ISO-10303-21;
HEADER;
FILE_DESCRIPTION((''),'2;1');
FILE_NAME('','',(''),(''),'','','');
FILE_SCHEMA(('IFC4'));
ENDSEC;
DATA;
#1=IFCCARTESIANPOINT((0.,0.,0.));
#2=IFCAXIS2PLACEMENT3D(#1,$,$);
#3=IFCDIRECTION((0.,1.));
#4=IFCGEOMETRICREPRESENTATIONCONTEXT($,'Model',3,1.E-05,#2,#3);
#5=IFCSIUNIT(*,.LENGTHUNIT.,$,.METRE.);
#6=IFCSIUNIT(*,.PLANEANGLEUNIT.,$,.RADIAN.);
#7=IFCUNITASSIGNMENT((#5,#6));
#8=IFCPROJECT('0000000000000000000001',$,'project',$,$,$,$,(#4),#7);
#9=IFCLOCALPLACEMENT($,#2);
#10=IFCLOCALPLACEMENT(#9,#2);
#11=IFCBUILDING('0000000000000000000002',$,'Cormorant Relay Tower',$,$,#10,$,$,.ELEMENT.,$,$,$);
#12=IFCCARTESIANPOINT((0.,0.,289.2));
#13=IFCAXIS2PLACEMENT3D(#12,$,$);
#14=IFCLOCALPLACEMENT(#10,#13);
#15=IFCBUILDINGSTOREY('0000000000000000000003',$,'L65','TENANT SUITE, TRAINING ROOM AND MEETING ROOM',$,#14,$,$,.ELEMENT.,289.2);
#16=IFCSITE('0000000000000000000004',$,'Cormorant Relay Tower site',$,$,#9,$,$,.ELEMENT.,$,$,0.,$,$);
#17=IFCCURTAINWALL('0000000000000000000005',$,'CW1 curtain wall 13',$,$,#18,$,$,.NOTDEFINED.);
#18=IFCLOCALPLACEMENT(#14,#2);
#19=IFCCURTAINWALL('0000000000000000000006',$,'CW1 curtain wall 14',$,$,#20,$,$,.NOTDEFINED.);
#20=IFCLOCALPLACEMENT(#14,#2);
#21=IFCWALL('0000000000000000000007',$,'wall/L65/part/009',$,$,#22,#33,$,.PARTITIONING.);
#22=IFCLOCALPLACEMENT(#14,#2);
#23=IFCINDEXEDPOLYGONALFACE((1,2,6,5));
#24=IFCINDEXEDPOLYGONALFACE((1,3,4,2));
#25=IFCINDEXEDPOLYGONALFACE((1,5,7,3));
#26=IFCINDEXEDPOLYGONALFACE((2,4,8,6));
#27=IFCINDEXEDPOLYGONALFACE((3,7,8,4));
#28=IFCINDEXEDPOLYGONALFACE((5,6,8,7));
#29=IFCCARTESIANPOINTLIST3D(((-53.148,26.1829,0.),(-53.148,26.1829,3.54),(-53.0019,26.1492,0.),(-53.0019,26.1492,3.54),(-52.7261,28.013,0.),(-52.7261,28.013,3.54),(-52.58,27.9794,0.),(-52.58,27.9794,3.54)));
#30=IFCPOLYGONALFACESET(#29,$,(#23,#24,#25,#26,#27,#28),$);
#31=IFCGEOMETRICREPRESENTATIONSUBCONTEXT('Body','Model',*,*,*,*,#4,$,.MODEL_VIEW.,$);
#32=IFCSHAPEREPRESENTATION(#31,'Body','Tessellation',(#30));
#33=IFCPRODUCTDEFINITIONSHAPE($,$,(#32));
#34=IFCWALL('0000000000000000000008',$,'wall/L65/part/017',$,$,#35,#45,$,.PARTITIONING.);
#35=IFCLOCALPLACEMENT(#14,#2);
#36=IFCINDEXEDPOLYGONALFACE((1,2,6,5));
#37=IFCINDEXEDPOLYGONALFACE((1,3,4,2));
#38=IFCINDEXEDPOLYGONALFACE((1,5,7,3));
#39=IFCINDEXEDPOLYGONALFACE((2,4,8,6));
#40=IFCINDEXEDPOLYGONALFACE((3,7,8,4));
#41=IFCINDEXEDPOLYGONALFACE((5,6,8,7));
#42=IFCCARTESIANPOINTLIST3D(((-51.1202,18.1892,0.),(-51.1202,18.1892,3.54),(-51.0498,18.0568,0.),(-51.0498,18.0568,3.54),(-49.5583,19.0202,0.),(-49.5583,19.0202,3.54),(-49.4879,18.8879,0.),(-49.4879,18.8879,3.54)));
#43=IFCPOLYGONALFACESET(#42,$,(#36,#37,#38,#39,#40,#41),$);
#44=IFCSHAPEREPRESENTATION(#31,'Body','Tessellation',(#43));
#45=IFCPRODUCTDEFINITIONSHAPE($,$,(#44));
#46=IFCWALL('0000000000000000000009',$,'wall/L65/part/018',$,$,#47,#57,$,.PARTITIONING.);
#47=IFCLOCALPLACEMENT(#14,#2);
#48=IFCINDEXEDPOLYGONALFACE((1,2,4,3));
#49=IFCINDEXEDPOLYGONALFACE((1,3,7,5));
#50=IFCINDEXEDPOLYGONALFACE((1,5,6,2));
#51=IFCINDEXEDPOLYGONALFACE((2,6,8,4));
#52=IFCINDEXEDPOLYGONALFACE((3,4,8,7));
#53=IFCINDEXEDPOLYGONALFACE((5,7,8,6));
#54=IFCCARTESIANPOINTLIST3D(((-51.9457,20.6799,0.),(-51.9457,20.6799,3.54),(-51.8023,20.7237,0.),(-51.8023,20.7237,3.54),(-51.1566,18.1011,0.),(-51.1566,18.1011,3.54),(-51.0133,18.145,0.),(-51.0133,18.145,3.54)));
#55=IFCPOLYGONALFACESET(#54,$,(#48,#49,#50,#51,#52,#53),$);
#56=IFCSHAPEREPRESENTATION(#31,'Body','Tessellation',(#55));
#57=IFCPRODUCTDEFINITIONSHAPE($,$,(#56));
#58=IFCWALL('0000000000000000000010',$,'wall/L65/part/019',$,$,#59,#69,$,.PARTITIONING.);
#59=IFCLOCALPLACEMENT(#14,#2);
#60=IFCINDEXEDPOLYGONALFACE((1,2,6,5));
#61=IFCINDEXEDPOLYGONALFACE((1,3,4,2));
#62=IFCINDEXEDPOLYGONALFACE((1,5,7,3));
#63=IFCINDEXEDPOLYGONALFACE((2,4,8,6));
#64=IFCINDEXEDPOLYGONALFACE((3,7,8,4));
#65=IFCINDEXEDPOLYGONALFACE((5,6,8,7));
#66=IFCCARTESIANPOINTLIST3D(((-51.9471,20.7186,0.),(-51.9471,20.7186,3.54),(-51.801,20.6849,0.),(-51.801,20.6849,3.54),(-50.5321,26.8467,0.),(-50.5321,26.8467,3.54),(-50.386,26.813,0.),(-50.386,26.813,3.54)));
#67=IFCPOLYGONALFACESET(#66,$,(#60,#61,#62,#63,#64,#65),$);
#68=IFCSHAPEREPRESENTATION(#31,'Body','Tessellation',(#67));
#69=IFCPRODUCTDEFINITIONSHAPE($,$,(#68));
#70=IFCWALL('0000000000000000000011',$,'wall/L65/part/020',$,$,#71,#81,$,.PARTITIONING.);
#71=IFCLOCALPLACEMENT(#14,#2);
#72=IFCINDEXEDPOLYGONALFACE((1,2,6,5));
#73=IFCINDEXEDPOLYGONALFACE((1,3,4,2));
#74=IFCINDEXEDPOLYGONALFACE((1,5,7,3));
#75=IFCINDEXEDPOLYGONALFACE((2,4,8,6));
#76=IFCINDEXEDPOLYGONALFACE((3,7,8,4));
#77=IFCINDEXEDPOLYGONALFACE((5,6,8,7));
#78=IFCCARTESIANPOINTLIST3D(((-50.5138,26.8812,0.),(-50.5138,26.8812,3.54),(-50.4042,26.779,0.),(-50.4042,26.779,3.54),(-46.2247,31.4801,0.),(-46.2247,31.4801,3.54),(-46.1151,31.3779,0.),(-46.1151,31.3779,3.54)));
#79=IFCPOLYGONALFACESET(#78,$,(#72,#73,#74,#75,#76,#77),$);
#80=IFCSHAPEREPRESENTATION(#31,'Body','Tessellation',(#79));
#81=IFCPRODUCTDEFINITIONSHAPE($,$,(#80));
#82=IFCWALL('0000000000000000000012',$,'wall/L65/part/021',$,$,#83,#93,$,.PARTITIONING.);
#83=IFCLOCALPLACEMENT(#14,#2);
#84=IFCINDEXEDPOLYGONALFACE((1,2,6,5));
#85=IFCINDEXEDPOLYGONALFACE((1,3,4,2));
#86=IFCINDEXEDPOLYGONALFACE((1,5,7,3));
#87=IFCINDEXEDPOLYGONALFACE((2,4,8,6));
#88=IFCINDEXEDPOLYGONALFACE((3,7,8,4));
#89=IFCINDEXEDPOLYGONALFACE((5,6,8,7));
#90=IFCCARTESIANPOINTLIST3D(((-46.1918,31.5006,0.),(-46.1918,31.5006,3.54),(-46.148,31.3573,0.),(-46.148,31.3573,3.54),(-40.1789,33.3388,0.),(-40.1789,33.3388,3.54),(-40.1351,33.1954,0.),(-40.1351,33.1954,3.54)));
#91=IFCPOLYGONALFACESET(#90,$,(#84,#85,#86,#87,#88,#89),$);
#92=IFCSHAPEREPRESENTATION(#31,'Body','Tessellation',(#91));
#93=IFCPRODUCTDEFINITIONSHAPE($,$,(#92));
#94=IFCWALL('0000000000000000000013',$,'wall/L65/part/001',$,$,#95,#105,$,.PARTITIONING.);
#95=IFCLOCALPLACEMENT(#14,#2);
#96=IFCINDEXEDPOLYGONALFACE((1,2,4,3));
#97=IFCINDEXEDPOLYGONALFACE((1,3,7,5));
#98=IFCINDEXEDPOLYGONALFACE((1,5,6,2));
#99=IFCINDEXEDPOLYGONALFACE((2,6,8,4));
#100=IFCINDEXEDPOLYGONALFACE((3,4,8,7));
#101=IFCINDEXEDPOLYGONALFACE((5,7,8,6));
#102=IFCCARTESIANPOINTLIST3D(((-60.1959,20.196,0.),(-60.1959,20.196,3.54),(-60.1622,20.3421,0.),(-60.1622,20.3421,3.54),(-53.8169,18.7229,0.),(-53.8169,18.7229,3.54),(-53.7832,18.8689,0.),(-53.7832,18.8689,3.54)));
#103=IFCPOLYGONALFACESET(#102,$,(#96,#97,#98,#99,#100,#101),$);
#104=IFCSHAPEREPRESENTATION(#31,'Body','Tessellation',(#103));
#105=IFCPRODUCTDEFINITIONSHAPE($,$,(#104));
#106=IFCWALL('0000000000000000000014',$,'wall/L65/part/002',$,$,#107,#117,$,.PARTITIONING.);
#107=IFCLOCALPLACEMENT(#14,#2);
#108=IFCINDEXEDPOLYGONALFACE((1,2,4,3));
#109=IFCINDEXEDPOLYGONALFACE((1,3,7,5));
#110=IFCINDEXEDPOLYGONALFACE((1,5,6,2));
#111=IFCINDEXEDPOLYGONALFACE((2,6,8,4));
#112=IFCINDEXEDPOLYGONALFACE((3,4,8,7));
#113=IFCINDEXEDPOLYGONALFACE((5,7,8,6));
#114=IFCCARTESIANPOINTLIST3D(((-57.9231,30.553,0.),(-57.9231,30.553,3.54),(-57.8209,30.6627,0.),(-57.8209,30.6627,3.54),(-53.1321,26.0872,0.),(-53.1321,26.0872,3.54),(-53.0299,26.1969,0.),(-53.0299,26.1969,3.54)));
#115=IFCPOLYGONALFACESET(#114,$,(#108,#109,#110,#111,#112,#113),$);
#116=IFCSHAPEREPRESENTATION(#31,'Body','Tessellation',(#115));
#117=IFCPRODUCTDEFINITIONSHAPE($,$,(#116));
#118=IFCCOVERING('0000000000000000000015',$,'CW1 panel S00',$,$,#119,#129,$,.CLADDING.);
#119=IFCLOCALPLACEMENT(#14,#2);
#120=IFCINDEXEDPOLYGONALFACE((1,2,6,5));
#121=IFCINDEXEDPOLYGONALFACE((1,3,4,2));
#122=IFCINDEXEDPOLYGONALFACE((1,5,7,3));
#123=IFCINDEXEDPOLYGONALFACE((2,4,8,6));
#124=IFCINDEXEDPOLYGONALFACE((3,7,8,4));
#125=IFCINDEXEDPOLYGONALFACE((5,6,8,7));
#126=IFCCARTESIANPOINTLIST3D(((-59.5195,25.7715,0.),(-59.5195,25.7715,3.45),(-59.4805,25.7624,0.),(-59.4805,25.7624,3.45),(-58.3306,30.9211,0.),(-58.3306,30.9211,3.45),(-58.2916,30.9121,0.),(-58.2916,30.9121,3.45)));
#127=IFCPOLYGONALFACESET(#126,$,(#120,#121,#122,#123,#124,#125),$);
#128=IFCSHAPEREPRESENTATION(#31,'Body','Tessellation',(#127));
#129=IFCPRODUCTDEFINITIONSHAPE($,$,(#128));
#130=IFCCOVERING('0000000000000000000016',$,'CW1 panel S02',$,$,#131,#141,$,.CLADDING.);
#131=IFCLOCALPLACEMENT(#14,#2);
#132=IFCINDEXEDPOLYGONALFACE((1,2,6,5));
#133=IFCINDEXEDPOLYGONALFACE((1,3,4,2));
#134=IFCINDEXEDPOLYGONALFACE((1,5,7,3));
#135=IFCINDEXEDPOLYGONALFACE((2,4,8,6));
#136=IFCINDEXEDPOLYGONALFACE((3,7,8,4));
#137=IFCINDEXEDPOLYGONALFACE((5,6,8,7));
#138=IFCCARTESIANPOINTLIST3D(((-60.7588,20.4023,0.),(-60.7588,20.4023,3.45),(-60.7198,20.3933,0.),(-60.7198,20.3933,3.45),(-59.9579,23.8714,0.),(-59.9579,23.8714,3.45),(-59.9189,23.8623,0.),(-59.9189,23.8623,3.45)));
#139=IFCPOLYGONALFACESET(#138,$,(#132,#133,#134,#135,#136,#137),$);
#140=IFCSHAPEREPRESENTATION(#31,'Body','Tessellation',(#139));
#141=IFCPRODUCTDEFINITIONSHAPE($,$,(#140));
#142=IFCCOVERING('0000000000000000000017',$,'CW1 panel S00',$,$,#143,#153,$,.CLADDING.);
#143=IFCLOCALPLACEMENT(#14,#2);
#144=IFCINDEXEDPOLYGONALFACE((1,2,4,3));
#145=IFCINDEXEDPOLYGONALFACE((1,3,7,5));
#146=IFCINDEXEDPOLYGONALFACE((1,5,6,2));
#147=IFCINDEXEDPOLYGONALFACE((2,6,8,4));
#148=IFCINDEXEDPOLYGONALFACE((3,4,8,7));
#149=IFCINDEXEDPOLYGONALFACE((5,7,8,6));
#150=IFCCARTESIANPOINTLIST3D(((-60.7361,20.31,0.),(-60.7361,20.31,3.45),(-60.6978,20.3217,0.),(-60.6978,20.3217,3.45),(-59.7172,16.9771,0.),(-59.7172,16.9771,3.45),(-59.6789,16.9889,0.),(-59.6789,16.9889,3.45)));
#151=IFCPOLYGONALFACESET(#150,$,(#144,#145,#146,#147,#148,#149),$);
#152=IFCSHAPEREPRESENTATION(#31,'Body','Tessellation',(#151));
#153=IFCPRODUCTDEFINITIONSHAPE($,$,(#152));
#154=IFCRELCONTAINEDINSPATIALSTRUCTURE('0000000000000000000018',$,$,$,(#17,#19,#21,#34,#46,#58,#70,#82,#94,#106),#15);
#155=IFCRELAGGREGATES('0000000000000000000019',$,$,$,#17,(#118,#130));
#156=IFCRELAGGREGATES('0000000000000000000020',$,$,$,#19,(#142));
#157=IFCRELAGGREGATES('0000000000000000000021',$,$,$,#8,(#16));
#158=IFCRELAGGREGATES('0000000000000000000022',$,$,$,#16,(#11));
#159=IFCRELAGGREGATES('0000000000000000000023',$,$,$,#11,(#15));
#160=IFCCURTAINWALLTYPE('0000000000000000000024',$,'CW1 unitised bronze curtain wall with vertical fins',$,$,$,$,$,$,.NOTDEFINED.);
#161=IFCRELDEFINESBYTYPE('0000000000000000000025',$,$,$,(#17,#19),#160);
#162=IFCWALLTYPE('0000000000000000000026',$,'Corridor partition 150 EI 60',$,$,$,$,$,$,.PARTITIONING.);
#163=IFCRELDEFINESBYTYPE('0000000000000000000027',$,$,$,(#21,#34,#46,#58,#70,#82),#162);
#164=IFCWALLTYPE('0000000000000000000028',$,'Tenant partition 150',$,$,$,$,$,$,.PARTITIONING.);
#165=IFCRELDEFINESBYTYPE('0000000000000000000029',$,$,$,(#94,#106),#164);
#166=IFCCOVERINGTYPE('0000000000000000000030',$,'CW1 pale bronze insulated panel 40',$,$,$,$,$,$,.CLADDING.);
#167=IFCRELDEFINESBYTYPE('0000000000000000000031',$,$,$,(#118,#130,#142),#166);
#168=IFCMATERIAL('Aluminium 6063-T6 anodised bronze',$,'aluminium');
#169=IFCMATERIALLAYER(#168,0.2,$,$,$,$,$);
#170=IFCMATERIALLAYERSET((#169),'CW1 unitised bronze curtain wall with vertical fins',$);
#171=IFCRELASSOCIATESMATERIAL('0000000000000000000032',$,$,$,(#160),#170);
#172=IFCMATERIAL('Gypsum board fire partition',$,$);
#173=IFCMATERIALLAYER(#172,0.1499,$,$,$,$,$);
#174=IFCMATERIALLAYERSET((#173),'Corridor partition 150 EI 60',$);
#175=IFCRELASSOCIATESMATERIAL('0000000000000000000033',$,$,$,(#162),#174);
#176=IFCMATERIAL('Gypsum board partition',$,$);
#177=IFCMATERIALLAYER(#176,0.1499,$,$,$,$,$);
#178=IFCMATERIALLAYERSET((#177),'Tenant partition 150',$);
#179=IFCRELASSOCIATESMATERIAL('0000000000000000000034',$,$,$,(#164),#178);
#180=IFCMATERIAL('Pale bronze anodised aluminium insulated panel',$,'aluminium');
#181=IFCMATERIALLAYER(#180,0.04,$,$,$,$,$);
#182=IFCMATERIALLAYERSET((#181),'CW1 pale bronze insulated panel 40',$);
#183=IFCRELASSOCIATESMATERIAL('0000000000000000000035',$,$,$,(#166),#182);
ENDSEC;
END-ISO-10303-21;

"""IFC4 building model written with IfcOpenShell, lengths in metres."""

from ifc_helpers import new_model, si_unit, direction, frame, frame_2d, origin, origin_2d, place, context, subcontext, project, spatial, rectangle, extrude, material, layer, layer_set, type_object, element, aggregate, save


model = new_model("IFC4")

# Units and contexts
model_context = context("Model", 3, precision=1e-05, world=origin(), true_north=direction((0.0, 1.0)))
body_context = subcontext(model_context, "Body", "Model", "MODEL_VIEW")
ifc_project = project(units=[si_unit("LENGTHUNIT", "METRE"), si_unit("PLANEANGLEUNIT", "RADIAN")], contexts=[model_context])

# Site, building, storey
site_placement = place(None, origin())
site = spatial("IfcSite", under=ifc_project, at=site_placement, Name="Cormorant Relay Tower site", CompositionType="ELEMENT", RefElevation=0.0)
building_placement = place(site_placement, origin())
building = spatial("IfcBuilding", under=site, at=building_placement, Name="Cormorant Relay Tower", CompositionType="ELEMENT")
storey_placement = place(building_placement, frame((0.0, 0.0, 289.2)))
storey = spatial("IfcBuildingStorey", under=building, at=storey_placement, Name="L65", Description="TENANT SUITE, TRAINING ROOM AND MEETING ROOM", CompositionType="ELEMENT", Elevation=289.2)

# Curtain wall
ifc_material_1 = material(Name="Aluminium 6063-T6 anodised bronze", Category="aluminium")
ifc_layer_1 = layer(ifc_material_1, 0.2)
ifc_layer_set_1 = layer_set([ifc_layer_1], Name="CW1 unitised bronze curtain wall with vertical fins")
curtain_wall_type = type_object("IfcCurtainWallType", Name="CW1 unitised bronze curtain wall with vertical fins", PredefinedType="NOTDEFINED", material=ifc_layer_set_1)
curtain_wall_1_placement = place(storey_placement, origin())
curtain_wall_1 = element("IfcCurtainWall", 1, at=curtain_wall_1_placement, inside=storey, type_object=curtain_wall_type, Name="CW1 curtain wall 13", PredefinedType="NOTDEFINED")

# Curtain wall
curtain_wall_2_placement = place(storey_placement, origin())
curtain_wall_2 = element("IfcCurtainWall", 2, at=curtain_wall_2_placement, inside=storey, type_object=curtain_wall_type, Name="CW1 curtain wall 14", PredefinedType="NOTDEFINED")

# Shared definitions
ifc_material_2 = material(Name="Gypsum board fire partition")
ifc_layer_2 = layer(ifc_material_2, 0.1499)
ifc_layer_set_2 = layer_set([ifc_layer_2], Name="Corridor partition 150 EI 60")
wall_type_1 = type_object("IfcWallType", Name="Corridor partition 150 EI 60", PredefinedType="PARTITIONING", material=ifc_layer_set_2)

# Walls
wall_1_placement = place(storey_placement, frame((-52.6531, 27.9961, 0.0), z_axis=(0.0, 0.0, 1.0), x_axis=(-0.224632, -0.974444, 0.0)))
element("IfcWall", 3, at=wall_1_placement, inside=storey, type_object=wall_type_1, Name="wall/L65/part/009", PredefinedType="PARTITIONING", context=body_context, shape_type="SweptSolid", body=[
    extrude(rectangle(XDim=1.8782, YDim=0.1499, at=frame_2d((0.939, 0.0))), origin(), (0.0, 0.0, 1.0), 3.54),
])
wall_2_placement = place(storey_placement, frame((-49.5229, 18.9541, 0.0), z_axis=(0.0, 0.0, 1.0), x_axis=(-0.882826, -0.4697, 0.0)))
element("IfcWall", 4, at=wall_2_placement, inside=storey, type_object=wall_type_1, Name="wall/L65/part/017", PredefinedType="PARTITIONING", context=body_context, shape_type="SweptSolid", body=[
    extrude(rectangle(XDim=1.7693, YDim=0.1499, at=frame_2d((0.8848, 0.0))), origin(), (0.0, 0.0, 1.0), 3.54),
])
wall_3_placement = place(storey_placement, frame((-51.085, 18.123, 0.0), z_axis=(0.0, 0.0, 1.0), x_axis=(-0.292584, 0.95624, 0.0)))
element("IfcWall", 5, at=wall_3_placement, inside=storey, type_object=wall_type_1, Name="wall/L65/part/018", PredefinedType="PARTITIONING", context=body_context, shape_type="SweptSolid", body=[
    extrude(rectangle(XDim=2.6968, YDim=0.1499, at=frame_2d((1.3484, 0.0))), origin(), (0.0, 0.0, 1.0), 3.54),
])
wall_4_placement = place(storey_placement, frame((-51.874, 20.7019, 0.0), z_axis=(0.0, 0.0, 1.0), x_axis=(0.224987, 0.974362, 0.0)))
element("IfcWall", 6, at=wall_4_placement, inside=storey, type_object=wall_type_1, Name="wall/L65/part/019", PredefinedType="PARTITIONING", context=body_context, shape_type="SweptSolid", body=[
    extrude(rectangle(XDim=6.2893, YDim=0.1499, at=frame_2d((3.1445, 0.0))), origin(), (0.0, 0.0, 1.0), 3.54),
])
wall_5_placement = place(storey_placement, frame((-50.459, 26.8301, 0.0), z_axis=(0.0, 0.0, 1.0), x_axis=(0.682044, 0.731311, 0.0)))
element("IfcWall", 7, at=wall_5_placement, inside=storey, type_object=wall_type_1, Name="wall/L65/part/020", PredefinedType="PARTITIONING", context=body_context, shape_type="SweptSolid", body=[
    extrude(rectangle(XDim=6.2886, YDim=0.1499, at=frame_2d((3.1443, 0.0))), origin(), (0.0, 0.0, 1.0), 3.54),
])
wall_6_placement = place(storey_placement, frame((-46.1699, 31.429, 0.0), z_axis=(0.0, 0.0, 1.0), x_axis=(0.956314, 0.292342, 0.0)))
element("IfcWall", 8, at=wall_6_placement, inside=storey, type_object=wall_type_1, Name="wall/L65/part/021", PredefinedType="PARTITIONING", context=body_context, shape_type="SweptSolid", body=[
    extrude(rectangle(XDim=6.2876, YDim=0.1499, at=frame_2d((3.1438, 0.0))), origin(), (0.0, 0.0, 1.0), 3.54),
])
ifc_material_3 = material(Name="Gypsum board partition")
ifc_layer_3 = layer(ifc_material_3, 0.1499)
ifc_layer_set_3 = layer_set([ifc_layer_3], Name="Tenant partition 150")
wall_type_2 = type_object("IfcWallType", Name="Tenant partition 150", PredefinedType="PARTITIONING", material=ifc_layer_set_3)
wall_7_placement = place(storey_placement, frame((-53.8, 18.7959, 0.0), z_axis=(0.0, 0.0, 1.0), x_axis=(-0.974355, 0.225017, 0.0)))
element("IfcWall", 9, at=wall_7_placement, inside=storey, type_object=wall_type_2, Name="wall/L65/part/001", PredefinedType="PARTITIONING", context=body_context, shape_type="SweptSolid", body=[
    extrude(rectangle(XDim=6.5469, YDim=0.1499, at=frame_2d((3.2734, 0.0))), origin(), (0.0, 0.0, 1.0), 3.54),
])
wall_8_placement = place(storey_placement, frame((-57.8721, 30.6079, 0.0), z_axis=(0.0, 0.0, 1.0), x_axis=(0.731496, -0.681845, 0.0)))
element("IfcWall", 10, at=wall_8_placement, inside=storey, type_object=wall_type_2, Name="wall/L65/part/002", PredefinedType="PARTITIONING", context=body_context, shape_type="SweptSolid", body=[
    extrude(rectangle(XDim=6.5496, YDim=0.1499, at=frame_2d((3.2749, 0.0))), origin(), (0.0, 0.0, 1.0), 3.54),
])

# Coverings
ifc_material_4 = material(Name="Pale bronze anodised aluminium insulated panel", Category="aluminium")
ifc_layer_4 = layer(ifc_material_4, 0.04)
ifc_layer_set_4 = layer_set([ifc_layer_4], Name="CW1 pale bronze insulated panel 40")
covering_type = type_object("IfcCoveringType", Name="CW1 pale bronze insulated panel 40", PredefinedType="CLADDING", material=ifc_layer_set_4)
covering_1_placement = place(storey_placement, frame((-58.9055, 28.3418, 0.0), z_axis=(0.0, 0.0, 1.0), x_axis=(-0.224951, -0.97437, 0.0)))
covering_1 = element("IfcCovering", 11, at=covering_1_placement, type_object=covering_type, Name="CW1 panel S00", PredefinedType="CLADDING", context=body_context, shape_type="SweptSolid", body=[
    extrude(rectangle(XDim=5.2852, YDim=0.04, at=origin_2d()), origin(), (0.0, 0.0, 1.0), 3.45),
])
covering_2_placement = place(storey_placement, frame((-60.3389, 22.1323, 0.0), z_axis=(0.0, 0.0, 1.0), x_axis=(-0.224951, -0.97437, 0.0)))
covering_2 = element("IfcCovering", 12, at=covering_2_placement, type_object=covering_type, Name="CW1 panel S02", PredefinedType="CLADDING", context=body_context, shape_type="SweptSolid", body=[
    extrude(rectangle(XDim=3.5603, YDim=0.04, at=origin_2d()), origin(), (0.0, 0.0, 1.0), 3.45),
])
aggregate(curtain_wall_1, [covering_1, covering_2])
covering_3_placement = place(storey_placement, frame((-60.2075, 18.6494, 0.0), z_axis=(0.0, 0.0, 1.0), x_axis=(0.292372, -0.956305, 0.0)))
covering_3 = element("IfcCovering", 13, at=covering_3_placement, type_object=covering_type, Name="CW1 panel S00", PredefinedType="CLADDING", context=body_context, shape_type="SweptSolid", body=[
    extrude(rectangle(XDim=3.4851, YDim=0.04, at=origin_2d()), origin(), (0.0, 0.0, 1.0), 3.45),
])
aggregate(curtain_wall_2, [covering_3])

save(model, "model.ifc")
